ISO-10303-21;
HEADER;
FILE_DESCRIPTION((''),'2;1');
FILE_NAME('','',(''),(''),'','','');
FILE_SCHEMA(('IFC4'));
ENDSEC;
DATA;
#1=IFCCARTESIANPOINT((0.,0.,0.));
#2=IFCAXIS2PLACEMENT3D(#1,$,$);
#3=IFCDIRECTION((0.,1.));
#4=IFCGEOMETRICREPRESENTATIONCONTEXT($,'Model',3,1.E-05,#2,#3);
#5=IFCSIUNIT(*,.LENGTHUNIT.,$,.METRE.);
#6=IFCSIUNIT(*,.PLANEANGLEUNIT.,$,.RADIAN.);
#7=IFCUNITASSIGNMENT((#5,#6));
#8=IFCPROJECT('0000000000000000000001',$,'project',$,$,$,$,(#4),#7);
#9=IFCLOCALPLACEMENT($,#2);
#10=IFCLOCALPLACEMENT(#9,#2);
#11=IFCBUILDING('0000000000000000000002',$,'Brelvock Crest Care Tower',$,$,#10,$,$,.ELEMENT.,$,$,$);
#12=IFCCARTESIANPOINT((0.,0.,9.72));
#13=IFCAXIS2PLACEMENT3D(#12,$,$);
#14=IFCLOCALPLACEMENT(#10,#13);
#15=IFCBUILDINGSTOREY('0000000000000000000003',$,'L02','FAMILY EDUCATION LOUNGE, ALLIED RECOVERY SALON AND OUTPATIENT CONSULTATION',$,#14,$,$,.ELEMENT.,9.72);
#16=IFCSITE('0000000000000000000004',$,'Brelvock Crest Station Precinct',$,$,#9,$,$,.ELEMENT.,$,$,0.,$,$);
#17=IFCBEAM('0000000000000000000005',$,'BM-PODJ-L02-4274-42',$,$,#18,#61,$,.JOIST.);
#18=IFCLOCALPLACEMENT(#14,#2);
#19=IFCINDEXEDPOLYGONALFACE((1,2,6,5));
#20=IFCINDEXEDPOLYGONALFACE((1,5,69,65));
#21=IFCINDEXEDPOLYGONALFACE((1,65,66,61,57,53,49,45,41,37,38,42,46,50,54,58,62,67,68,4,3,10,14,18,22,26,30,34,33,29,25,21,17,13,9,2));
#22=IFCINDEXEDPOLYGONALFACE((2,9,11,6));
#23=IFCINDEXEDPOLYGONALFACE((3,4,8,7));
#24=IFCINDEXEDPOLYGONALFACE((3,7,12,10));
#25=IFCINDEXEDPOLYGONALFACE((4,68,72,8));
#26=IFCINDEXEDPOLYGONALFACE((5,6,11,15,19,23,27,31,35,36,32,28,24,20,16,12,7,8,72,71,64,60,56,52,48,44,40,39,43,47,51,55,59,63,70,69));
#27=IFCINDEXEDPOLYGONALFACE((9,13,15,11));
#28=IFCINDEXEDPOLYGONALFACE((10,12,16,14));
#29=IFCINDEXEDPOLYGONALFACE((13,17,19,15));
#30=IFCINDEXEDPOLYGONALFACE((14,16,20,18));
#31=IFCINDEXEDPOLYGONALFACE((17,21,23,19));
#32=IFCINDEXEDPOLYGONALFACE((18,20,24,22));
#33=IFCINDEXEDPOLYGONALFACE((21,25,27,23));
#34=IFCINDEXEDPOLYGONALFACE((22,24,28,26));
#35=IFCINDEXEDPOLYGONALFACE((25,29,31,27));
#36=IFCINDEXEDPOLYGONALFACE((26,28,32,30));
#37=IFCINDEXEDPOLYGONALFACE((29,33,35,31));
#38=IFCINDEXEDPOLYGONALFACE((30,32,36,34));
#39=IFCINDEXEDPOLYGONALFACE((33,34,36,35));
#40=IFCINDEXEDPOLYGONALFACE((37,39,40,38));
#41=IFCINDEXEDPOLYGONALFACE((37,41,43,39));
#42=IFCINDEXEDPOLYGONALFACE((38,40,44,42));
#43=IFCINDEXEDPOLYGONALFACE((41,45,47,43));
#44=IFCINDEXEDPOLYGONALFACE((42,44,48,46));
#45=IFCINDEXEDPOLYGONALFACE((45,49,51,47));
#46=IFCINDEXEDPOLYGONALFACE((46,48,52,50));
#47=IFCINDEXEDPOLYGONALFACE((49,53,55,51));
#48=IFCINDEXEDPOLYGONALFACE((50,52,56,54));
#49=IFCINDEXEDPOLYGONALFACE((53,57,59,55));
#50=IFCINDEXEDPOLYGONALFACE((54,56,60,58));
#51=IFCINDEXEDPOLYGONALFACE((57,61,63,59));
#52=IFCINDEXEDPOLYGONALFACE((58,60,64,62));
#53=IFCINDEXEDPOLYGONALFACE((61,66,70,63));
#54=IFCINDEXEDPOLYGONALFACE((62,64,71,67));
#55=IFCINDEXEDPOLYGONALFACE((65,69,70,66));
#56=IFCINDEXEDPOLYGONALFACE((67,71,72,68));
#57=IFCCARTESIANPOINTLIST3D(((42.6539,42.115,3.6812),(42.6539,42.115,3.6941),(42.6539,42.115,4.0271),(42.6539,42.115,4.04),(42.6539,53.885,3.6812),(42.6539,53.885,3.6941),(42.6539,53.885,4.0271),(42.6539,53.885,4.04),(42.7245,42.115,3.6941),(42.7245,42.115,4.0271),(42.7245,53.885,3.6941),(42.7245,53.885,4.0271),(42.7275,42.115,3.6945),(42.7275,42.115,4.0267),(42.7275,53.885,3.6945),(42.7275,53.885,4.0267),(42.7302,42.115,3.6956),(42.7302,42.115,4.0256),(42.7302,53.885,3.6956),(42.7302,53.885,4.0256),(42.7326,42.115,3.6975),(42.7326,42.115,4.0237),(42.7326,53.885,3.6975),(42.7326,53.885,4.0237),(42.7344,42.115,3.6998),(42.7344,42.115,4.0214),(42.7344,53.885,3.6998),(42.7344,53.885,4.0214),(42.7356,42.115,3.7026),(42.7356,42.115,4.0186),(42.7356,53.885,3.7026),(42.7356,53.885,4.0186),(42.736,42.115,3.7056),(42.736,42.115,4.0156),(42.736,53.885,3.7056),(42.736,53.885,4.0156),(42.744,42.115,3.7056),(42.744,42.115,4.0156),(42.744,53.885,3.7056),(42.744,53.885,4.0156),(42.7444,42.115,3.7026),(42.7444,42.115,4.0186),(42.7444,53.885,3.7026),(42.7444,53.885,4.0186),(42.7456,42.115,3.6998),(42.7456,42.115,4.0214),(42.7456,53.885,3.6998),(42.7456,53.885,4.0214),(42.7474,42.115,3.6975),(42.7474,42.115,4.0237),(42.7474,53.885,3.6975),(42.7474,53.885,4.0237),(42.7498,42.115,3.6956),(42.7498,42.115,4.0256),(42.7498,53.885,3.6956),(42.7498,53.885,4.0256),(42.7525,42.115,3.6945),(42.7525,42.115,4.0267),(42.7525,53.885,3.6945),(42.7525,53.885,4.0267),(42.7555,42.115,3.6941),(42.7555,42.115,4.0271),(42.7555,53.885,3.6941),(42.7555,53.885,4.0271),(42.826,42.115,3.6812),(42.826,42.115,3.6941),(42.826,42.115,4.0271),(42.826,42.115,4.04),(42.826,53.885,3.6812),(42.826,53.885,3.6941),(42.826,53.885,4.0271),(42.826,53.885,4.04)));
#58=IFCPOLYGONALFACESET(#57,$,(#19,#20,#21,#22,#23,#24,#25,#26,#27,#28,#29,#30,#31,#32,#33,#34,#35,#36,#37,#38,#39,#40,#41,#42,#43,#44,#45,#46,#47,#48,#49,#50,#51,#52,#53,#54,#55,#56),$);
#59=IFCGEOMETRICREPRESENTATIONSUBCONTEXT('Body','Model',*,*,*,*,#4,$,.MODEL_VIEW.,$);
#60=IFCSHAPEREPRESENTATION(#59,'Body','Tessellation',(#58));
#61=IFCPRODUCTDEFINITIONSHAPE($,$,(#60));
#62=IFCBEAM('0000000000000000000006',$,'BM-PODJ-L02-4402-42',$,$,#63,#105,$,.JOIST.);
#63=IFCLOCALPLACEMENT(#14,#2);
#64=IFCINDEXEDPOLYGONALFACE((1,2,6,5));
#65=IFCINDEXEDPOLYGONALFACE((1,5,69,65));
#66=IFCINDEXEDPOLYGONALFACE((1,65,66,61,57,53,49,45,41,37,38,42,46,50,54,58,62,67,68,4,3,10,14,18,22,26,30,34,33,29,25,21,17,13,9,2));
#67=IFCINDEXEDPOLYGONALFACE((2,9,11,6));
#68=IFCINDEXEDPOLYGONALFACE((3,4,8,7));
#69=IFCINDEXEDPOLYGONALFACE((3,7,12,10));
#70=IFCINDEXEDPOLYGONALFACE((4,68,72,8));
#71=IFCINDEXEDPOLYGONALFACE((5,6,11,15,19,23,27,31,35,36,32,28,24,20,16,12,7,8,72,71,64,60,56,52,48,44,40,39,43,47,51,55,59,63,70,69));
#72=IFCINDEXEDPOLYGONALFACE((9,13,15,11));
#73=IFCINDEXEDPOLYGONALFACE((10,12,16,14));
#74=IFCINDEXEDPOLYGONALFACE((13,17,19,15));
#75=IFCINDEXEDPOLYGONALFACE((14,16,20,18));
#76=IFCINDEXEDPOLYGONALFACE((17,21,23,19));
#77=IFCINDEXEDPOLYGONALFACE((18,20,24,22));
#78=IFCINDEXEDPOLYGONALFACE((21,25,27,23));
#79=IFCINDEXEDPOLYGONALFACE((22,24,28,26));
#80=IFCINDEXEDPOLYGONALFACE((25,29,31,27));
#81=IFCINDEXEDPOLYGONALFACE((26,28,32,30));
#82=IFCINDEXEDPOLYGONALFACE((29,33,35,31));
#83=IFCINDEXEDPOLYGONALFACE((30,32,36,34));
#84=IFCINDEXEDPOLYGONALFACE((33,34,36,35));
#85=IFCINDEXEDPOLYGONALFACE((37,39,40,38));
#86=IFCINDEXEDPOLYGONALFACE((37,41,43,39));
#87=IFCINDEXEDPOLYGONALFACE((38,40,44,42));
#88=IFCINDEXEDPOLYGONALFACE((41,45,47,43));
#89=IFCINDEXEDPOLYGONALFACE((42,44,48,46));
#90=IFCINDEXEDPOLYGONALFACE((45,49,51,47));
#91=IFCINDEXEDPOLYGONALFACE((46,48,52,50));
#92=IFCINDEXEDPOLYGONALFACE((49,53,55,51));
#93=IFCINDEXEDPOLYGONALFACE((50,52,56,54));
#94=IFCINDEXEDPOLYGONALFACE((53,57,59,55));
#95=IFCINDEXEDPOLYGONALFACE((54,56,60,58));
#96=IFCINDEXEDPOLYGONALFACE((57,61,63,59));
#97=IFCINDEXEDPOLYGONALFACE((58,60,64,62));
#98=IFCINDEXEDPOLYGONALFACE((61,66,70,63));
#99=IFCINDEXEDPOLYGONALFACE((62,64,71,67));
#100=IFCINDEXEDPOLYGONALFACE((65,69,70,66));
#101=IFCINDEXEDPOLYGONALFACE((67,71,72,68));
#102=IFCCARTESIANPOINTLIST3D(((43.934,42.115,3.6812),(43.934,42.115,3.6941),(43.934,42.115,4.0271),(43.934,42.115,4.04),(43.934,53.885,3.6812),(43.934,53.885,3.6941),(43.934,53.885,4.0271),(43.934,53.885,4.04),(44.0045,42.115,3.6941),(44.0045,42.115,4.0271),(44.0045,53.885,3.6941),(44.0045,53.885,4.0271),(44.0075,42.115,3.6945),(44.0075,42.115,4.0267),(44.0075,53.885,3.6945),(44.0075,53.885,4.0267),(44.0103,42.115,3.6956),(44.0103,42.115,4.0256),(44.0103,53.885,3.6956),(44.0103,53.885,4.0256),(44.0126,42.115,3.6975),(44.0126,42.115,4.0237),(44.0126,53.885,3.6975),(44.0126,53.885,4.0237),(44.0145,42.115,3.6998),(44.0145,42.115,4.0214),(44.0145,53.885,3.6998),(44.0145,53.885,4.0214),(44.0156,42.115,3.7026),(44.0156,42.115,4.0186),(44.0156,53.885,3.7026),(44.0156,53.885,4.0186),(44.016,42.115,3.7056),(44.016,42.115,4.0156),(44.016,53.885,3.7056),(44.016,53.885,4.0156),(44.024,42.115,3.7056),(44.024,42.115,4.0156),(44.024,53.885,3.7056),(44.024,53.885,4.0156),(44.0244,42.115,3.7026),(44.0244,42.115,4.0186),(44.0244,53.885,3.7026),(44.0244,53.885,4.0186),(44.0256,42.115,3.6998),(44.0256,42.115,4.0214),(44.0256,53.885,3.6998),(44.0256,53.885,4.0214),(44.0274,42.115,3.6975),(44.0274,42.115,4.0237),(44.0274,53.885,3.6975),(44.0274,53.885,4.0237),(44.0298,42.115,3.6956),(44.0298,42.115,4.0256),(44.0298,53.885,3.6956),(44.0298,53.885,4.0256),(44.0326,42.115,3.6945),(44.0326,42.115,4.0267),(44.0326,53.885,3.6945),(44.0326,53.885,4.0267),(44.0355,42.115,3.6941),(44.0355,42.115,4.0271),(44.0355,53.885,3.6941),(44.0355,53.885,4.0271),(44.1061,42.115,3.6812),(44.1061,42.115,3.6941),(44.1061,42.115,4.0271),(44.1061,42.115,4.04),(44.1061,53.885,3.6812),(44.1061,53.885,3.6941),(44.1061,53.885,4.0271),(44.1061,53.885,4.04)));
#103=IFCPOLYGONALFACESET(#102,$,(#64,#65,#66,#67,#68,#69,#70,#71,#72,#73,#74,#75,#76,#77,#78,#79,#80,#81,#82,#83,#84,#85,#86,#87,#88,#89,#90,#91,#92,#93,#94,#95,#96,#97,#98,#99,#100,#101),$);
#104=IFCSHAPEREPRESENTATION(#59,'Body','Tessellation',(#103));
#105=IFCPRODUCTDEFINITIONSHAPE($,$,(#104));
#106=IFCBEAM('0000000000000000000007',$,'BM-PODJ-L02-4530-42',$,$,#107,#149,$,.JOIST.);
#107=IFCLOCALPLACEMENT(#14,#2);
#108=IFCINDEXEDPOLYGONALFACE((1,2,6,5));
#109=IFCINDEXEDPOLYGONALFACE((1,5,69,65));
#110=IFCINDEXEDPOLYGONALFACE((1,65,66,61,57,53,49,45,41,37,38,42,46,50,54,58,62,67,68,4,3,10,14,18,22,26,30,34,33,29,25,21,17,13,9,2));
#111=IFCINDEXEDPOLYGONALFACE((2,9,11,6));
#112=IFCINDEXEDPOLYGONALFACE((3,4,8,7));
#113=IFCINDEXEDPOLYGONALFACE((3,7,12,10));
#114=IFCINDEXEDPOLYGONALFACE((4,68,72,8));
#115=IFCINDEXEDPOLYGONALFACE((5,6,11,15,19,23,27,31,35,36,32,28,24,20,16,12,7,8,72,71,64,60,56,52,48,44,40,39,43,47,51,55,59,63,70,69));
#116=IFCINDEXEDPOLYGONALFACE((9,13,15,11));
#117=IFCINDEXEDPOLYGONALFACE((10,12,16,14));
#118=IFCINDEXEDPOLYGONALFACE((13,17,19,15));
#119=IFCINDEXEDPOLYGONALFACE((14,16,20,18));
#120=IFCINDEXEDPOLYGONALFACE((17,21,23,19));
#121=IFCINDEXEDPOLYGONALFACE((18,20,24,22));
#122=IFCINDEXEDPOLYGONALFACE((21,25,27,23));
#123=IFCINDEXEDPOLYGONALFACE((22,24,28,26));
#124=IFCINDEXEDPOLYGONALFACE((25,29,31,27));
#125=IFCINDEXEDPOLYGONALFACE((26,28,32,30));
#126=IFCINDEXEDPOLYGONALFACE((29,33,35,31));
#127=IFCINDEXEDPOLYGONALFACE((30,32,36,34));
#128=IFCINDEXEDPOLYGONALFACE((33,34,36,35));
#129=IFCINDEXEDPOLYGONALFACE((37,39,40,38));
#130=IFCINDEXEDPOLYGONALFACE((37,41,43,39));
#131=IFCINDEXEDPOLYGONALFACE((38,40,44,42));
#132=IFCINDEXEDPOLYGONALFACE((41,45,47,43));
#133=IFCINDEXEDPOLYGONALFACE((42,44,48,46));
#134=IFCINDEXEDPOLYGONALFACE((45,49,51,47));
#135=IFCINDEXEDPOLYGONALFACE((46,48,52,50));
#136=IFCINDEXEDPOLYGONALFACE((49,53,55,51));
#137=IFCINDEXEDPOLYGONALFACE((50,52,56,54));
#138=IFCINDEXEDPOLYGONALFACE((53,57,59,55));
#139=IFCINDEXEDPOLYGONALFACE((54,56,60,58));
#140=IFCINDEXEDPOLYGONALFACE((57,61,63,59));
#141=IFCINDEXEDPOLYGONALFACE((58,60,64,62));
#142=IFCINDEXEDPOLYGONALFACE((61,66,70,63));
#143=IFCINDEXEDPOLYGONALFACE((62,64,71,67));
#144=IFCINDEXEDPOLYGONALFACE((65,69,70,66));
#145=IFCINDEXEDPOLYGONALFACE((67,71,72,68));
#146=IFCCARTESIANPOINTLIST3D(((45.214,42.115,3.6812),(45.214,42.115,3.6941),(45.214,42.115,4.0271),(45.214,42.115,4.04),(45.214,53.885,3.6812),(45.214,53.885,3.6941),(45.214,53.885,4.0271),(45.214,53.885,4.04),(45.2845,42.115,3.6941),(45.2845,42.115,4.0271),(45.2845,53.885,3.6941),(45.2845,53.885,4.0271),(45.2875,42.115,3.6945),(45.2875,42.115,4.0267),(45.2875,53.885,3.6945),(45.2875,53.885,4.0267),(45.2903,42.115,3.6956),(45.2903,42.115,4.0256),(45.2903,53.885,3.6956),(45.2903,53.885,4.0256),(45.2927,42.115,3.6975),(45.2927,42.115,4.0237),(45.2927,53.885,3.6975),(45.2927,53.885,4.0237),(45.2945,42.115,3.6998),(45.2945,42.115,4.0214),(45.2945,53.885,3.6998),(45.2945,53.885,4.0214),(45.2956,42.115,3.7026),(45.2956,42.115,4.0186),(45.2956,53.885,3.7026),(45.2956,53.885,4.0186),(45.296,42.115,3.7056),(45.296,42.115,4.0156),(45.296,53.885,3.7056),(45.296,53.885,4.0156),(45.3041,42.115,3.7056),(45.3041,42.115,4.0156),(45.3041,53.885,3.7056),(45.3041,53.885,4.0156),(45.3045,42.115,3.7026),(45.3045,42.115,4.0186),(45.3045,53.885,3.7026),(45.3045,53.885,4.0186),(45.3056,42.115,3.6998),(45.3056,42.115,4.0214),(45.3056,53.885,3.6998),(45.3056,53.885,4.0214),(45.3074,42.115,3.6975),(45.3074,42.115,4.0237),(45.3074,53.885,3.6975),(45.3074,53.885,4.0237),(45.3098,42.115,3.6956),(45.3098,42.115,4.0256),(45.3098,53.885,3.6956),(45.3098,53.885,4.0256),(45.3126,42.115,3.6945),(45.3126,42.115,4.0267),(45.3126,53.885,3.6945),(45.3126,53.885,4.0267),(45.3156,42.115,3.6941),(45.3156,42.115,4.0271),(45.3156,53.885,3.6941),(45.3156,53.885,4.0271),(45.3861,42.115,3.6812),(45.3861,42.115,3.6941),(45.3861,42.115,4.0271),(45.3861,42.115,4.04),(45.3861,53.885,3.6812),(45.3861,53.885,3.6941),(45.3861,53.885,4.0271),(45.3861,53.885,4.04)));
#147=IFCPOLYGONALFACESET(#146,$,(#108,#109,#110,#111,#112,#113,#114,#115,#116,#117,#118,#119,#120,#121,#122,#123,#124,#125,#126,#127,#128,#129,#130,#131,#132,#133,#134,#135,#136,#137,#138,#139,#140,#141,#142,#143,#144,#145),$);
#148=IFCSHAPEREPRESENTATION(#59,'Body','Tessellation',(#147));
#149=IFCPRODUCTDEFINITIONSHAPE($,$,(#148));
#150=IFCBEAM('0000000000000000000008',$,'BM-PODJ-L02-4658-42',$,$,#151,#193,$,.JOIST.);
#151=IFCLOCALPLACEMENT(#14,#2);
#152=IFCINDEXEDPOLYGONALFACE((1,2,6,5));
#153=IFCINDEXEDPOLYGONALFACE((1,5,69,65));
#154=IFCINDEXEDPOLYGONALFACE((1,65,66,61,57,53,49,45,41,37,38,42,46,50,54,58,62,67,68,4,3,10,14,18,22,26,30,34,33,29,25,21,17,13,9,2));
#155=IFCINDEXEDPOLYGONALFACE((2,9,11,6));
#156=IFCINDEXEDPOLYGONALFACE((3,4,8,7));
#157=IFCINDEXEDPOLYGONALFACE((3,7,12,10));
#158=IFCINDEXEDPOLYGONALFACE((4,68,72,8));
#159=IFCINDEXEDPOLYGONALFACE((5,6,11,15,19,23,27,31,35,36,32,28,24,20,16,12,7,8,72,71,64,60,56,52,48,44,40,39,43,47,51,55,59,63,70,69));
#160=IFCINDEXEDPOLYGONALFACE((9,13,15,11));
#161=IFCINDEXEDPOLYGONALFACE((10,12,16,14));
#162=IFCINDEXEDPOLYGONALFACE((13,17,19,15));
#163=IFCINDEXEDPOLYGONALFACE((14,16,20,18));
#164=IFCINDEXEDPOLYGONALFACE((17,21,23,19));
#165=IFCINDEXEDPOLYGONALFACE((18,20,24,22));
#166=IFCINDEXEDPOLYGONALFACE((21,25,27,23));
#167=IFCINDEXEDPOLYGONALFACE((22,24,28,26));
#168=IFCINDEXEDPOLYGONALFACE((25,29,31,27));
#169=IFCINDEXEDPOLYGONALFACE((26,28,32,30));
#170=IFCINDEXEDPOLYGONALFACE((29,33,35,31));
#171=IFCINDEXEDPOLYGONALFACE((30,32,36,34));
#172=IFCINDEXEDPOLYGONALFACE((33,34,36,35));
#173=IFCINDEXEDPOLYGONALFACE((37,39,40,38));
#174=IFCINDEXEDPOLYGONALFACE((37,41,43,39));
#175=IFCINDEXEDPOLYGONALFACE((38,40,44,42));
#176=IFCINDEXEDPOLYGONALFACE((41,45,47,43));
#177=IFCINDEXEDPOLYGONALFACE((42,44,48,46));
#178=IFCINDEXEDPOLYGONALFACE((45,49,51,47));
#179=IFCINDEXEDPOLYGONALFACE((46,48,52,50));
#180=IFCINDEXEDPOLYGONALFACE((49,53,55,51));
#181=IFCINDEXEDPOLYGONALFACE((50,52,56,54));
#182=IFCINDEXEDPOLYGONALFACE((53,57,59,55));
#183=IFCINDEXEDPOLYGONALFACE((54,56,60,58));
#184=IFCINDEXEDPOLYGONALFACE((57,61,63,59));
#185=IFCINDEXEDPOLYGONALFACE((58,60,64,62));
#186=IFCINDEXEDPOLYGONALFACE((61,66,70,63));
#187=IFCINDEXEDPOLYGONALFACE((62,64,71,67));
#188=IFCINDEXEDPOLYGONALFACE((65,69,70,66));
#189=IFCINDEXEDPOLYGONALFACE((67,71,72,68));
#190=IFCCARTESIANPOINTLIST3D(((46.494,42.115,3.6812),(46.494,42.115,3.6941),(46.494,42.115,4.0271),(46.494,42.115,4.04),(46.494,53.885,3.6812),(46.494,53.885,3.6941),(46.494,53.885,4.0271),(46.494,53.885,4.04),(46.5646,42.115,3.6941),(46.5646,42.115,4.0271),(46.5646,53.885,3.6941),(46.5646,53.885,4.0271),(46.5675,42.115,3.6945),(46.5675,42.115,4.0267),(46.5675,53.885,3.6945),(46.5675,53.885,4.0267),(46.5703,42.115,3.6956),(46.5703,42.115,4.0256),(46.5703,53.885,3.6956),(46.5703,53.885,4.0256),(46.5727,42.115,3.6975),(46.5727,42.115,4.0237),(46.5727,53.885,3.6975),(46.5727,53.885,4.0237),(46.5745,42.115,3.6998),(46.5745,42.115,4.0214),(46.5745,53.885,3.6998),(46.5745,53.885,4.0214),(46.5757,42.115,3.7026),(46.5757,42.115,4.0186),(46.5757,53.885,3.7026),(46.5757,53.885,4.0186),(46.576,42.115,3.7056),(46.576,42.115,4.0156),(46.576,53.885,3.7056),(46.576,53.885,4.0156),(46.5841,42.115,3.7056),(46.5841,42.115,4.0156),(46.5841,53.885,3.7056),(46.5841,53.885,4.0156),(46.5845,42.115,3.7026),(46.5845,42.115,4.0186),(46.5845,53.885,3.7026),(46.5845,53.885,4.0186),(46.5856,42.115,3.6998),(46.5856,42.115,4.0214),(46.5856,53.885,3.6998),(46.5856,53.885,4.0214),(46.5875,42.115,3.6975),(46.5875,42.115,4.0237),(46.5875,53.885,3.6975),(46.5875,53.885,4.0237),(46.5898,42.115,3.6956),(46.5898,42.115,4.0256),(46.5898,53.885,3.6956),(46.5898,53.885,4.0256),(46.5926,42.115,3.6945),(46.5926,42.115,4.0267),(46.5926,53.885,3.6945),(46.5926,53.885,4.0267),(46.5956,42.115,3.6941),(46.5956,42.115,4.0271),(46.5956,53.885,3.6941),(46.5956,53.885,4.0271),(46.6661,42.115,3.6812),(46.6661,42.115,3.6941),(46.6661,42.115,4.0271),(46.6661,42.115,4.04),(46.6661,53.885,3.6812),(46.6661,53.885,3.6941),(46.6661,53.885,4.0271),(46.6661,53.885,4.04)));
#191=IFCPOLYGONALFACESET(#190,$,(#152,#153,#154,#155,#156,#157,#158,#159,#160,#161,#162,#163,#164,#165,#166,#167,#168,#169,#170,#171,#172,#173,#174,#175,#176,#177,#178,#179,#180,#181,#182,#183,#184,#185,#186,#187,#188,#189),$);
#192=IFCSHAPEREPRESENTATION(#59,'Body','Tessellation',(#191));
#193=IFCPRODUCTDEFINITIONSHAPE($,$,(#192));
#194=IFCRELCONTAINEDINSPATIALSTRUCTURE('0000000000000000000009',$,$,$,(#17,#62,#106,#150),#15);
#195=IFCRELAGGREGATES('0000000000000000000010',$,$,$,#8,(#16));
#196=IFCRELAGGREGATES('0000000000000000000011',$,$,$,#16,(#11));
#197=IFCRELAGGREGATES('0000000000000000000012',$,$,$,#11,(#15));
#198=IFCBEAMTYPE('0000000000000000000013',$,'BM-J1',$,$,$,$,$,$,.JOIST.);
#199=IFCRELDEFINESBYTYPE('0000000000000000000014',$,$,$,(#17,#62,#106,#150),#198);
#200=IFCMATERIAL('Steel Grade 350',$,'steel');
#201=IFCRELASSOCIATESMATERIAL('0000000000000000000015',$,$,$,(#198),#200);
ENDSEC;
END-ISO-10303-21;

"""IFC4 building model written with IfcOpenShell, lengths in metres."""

from ifc_helpers import new_model, si_unit, direction, frame, origin, origin_2d, place, context, subcontext, project, spatial, i_section, extrude, source, transform, mapped, material, material_profile, profile_set, type_object, element, save


model = new_model("IFC4")

# Units and contexts
model_context = context("Model", 3, precision=1e-05, world=origin(), true_north=direction((0.0, 1.0)))
body_context = subcontext(model_context, "Body", "Model", "MODEL_VIEW")
ifc_project = project(units=[si_unit("LENGTHUNIT", "METRE"), si_unit("PLANEANGLEUNIT", "RADIAN")], contexts=[model_context])

# Site, building, storey
site_placement = place(None, origin())
site = spatial("IfcSite", under=ifc_project, at=site_placement, Name="Brelvock Crest Station Precinct", CompositionType="ELEMENT", RefElevation=0.0)
building_placement = place(site_placement, origin())
building = spatial("IfcBuilding", under=site, at=building_placement, Name="Brelvock Crest Care Tower", CompositionType="ELEMENT")
storey_placement = place(building_placement, frame((0.0, 0.0, 9.72)))
storey = spatial("IfcBuildingStorey", under=building, at=storey_placement, Name="L02", Description="FAMILY EDUCATION LOUNGE, ALLIED RECOVERY SALON AND OUTPATIENT CONSULTATION", CompositionType="ELEMENT", Elevation=9.72)

# Shared definitions
ifc_material_1 = material(Name="Steel Grade 350", Category="steel")

# Beams
ifc_material_profile_1 = material_profile(ifc_material_1, i_section(OverallWidth=0.1721, OverallDepth=0.3589, WebThickness=0.0081, FlangeThickness=0.0129, FilletRadius=0.0115, at=origin_2d()), Name="360UB56.7")
ifc_profile_set_1 = profile_set([ifc_material_profile_1], Name="Steel Grade 350")
beam_type_1 = type_object("IfcBeamType", Name="BM-J1", PredefinedType="JOIST", material=ifc_profile_set_1)
shared_shape_1 = source(origin(), body_context, "Body", "SweptSolid", [
    extrude(i_section(OverallWidth=0.1721, OverallDepth=0.3589, WebThickness=0.0081, FlangeThickness=0.0129, FilletRadius=0.0115, at=origin_2d()), origin(), (0.0, 0.0, 1.0), 11.77),
])
for number, where, z_axis, x_axis, name in (
    (1, (42.74, 42.115, 3.8606), (0.0, 1.0, 0.0), (-1.0, 0.0, 0.0), "BM-PODJ-L02-4274-42"),
    (2, (44.02, 42.115, 3.8606), (0.0, 1.0, 0.0), (-1.0, 0.0, 0.0), "BM-PODJ-L02-4402-42"),
    (3, (45.3, 42.115, 3.8606), (0.0, 1.0, 0.0), (-1.0, 0.0, 0.0), "BM-PODJ-L02-4530-42"),
    (4, (46.5801, 42.115, 3.8606), (0.0, 1.0, 0.0), (-1.0, 0.0, 0.0), "BM-PODJ-L02-4658-42"),
):
    element("IfcBeam", number, at=place(storey_placement, frame(where, z_axis=z_axis, x_axis=x_axis)), inside=storey, type_object=beam_type_1, Name=name, PredefinedType="JOIST", context=body_context, shape_type="MappedRepresentation", body=[
        mapped(shared_shape_1, transform((0.0, 0.0, 0.0), x_axis=(1.0, 0.0, 0.0), y_axis=(0.0, 1.0, 0.0), z_axis=(0.0, 0.0, 1.0), scale=1.0)),
    ])

save(model, "model.ifc")
